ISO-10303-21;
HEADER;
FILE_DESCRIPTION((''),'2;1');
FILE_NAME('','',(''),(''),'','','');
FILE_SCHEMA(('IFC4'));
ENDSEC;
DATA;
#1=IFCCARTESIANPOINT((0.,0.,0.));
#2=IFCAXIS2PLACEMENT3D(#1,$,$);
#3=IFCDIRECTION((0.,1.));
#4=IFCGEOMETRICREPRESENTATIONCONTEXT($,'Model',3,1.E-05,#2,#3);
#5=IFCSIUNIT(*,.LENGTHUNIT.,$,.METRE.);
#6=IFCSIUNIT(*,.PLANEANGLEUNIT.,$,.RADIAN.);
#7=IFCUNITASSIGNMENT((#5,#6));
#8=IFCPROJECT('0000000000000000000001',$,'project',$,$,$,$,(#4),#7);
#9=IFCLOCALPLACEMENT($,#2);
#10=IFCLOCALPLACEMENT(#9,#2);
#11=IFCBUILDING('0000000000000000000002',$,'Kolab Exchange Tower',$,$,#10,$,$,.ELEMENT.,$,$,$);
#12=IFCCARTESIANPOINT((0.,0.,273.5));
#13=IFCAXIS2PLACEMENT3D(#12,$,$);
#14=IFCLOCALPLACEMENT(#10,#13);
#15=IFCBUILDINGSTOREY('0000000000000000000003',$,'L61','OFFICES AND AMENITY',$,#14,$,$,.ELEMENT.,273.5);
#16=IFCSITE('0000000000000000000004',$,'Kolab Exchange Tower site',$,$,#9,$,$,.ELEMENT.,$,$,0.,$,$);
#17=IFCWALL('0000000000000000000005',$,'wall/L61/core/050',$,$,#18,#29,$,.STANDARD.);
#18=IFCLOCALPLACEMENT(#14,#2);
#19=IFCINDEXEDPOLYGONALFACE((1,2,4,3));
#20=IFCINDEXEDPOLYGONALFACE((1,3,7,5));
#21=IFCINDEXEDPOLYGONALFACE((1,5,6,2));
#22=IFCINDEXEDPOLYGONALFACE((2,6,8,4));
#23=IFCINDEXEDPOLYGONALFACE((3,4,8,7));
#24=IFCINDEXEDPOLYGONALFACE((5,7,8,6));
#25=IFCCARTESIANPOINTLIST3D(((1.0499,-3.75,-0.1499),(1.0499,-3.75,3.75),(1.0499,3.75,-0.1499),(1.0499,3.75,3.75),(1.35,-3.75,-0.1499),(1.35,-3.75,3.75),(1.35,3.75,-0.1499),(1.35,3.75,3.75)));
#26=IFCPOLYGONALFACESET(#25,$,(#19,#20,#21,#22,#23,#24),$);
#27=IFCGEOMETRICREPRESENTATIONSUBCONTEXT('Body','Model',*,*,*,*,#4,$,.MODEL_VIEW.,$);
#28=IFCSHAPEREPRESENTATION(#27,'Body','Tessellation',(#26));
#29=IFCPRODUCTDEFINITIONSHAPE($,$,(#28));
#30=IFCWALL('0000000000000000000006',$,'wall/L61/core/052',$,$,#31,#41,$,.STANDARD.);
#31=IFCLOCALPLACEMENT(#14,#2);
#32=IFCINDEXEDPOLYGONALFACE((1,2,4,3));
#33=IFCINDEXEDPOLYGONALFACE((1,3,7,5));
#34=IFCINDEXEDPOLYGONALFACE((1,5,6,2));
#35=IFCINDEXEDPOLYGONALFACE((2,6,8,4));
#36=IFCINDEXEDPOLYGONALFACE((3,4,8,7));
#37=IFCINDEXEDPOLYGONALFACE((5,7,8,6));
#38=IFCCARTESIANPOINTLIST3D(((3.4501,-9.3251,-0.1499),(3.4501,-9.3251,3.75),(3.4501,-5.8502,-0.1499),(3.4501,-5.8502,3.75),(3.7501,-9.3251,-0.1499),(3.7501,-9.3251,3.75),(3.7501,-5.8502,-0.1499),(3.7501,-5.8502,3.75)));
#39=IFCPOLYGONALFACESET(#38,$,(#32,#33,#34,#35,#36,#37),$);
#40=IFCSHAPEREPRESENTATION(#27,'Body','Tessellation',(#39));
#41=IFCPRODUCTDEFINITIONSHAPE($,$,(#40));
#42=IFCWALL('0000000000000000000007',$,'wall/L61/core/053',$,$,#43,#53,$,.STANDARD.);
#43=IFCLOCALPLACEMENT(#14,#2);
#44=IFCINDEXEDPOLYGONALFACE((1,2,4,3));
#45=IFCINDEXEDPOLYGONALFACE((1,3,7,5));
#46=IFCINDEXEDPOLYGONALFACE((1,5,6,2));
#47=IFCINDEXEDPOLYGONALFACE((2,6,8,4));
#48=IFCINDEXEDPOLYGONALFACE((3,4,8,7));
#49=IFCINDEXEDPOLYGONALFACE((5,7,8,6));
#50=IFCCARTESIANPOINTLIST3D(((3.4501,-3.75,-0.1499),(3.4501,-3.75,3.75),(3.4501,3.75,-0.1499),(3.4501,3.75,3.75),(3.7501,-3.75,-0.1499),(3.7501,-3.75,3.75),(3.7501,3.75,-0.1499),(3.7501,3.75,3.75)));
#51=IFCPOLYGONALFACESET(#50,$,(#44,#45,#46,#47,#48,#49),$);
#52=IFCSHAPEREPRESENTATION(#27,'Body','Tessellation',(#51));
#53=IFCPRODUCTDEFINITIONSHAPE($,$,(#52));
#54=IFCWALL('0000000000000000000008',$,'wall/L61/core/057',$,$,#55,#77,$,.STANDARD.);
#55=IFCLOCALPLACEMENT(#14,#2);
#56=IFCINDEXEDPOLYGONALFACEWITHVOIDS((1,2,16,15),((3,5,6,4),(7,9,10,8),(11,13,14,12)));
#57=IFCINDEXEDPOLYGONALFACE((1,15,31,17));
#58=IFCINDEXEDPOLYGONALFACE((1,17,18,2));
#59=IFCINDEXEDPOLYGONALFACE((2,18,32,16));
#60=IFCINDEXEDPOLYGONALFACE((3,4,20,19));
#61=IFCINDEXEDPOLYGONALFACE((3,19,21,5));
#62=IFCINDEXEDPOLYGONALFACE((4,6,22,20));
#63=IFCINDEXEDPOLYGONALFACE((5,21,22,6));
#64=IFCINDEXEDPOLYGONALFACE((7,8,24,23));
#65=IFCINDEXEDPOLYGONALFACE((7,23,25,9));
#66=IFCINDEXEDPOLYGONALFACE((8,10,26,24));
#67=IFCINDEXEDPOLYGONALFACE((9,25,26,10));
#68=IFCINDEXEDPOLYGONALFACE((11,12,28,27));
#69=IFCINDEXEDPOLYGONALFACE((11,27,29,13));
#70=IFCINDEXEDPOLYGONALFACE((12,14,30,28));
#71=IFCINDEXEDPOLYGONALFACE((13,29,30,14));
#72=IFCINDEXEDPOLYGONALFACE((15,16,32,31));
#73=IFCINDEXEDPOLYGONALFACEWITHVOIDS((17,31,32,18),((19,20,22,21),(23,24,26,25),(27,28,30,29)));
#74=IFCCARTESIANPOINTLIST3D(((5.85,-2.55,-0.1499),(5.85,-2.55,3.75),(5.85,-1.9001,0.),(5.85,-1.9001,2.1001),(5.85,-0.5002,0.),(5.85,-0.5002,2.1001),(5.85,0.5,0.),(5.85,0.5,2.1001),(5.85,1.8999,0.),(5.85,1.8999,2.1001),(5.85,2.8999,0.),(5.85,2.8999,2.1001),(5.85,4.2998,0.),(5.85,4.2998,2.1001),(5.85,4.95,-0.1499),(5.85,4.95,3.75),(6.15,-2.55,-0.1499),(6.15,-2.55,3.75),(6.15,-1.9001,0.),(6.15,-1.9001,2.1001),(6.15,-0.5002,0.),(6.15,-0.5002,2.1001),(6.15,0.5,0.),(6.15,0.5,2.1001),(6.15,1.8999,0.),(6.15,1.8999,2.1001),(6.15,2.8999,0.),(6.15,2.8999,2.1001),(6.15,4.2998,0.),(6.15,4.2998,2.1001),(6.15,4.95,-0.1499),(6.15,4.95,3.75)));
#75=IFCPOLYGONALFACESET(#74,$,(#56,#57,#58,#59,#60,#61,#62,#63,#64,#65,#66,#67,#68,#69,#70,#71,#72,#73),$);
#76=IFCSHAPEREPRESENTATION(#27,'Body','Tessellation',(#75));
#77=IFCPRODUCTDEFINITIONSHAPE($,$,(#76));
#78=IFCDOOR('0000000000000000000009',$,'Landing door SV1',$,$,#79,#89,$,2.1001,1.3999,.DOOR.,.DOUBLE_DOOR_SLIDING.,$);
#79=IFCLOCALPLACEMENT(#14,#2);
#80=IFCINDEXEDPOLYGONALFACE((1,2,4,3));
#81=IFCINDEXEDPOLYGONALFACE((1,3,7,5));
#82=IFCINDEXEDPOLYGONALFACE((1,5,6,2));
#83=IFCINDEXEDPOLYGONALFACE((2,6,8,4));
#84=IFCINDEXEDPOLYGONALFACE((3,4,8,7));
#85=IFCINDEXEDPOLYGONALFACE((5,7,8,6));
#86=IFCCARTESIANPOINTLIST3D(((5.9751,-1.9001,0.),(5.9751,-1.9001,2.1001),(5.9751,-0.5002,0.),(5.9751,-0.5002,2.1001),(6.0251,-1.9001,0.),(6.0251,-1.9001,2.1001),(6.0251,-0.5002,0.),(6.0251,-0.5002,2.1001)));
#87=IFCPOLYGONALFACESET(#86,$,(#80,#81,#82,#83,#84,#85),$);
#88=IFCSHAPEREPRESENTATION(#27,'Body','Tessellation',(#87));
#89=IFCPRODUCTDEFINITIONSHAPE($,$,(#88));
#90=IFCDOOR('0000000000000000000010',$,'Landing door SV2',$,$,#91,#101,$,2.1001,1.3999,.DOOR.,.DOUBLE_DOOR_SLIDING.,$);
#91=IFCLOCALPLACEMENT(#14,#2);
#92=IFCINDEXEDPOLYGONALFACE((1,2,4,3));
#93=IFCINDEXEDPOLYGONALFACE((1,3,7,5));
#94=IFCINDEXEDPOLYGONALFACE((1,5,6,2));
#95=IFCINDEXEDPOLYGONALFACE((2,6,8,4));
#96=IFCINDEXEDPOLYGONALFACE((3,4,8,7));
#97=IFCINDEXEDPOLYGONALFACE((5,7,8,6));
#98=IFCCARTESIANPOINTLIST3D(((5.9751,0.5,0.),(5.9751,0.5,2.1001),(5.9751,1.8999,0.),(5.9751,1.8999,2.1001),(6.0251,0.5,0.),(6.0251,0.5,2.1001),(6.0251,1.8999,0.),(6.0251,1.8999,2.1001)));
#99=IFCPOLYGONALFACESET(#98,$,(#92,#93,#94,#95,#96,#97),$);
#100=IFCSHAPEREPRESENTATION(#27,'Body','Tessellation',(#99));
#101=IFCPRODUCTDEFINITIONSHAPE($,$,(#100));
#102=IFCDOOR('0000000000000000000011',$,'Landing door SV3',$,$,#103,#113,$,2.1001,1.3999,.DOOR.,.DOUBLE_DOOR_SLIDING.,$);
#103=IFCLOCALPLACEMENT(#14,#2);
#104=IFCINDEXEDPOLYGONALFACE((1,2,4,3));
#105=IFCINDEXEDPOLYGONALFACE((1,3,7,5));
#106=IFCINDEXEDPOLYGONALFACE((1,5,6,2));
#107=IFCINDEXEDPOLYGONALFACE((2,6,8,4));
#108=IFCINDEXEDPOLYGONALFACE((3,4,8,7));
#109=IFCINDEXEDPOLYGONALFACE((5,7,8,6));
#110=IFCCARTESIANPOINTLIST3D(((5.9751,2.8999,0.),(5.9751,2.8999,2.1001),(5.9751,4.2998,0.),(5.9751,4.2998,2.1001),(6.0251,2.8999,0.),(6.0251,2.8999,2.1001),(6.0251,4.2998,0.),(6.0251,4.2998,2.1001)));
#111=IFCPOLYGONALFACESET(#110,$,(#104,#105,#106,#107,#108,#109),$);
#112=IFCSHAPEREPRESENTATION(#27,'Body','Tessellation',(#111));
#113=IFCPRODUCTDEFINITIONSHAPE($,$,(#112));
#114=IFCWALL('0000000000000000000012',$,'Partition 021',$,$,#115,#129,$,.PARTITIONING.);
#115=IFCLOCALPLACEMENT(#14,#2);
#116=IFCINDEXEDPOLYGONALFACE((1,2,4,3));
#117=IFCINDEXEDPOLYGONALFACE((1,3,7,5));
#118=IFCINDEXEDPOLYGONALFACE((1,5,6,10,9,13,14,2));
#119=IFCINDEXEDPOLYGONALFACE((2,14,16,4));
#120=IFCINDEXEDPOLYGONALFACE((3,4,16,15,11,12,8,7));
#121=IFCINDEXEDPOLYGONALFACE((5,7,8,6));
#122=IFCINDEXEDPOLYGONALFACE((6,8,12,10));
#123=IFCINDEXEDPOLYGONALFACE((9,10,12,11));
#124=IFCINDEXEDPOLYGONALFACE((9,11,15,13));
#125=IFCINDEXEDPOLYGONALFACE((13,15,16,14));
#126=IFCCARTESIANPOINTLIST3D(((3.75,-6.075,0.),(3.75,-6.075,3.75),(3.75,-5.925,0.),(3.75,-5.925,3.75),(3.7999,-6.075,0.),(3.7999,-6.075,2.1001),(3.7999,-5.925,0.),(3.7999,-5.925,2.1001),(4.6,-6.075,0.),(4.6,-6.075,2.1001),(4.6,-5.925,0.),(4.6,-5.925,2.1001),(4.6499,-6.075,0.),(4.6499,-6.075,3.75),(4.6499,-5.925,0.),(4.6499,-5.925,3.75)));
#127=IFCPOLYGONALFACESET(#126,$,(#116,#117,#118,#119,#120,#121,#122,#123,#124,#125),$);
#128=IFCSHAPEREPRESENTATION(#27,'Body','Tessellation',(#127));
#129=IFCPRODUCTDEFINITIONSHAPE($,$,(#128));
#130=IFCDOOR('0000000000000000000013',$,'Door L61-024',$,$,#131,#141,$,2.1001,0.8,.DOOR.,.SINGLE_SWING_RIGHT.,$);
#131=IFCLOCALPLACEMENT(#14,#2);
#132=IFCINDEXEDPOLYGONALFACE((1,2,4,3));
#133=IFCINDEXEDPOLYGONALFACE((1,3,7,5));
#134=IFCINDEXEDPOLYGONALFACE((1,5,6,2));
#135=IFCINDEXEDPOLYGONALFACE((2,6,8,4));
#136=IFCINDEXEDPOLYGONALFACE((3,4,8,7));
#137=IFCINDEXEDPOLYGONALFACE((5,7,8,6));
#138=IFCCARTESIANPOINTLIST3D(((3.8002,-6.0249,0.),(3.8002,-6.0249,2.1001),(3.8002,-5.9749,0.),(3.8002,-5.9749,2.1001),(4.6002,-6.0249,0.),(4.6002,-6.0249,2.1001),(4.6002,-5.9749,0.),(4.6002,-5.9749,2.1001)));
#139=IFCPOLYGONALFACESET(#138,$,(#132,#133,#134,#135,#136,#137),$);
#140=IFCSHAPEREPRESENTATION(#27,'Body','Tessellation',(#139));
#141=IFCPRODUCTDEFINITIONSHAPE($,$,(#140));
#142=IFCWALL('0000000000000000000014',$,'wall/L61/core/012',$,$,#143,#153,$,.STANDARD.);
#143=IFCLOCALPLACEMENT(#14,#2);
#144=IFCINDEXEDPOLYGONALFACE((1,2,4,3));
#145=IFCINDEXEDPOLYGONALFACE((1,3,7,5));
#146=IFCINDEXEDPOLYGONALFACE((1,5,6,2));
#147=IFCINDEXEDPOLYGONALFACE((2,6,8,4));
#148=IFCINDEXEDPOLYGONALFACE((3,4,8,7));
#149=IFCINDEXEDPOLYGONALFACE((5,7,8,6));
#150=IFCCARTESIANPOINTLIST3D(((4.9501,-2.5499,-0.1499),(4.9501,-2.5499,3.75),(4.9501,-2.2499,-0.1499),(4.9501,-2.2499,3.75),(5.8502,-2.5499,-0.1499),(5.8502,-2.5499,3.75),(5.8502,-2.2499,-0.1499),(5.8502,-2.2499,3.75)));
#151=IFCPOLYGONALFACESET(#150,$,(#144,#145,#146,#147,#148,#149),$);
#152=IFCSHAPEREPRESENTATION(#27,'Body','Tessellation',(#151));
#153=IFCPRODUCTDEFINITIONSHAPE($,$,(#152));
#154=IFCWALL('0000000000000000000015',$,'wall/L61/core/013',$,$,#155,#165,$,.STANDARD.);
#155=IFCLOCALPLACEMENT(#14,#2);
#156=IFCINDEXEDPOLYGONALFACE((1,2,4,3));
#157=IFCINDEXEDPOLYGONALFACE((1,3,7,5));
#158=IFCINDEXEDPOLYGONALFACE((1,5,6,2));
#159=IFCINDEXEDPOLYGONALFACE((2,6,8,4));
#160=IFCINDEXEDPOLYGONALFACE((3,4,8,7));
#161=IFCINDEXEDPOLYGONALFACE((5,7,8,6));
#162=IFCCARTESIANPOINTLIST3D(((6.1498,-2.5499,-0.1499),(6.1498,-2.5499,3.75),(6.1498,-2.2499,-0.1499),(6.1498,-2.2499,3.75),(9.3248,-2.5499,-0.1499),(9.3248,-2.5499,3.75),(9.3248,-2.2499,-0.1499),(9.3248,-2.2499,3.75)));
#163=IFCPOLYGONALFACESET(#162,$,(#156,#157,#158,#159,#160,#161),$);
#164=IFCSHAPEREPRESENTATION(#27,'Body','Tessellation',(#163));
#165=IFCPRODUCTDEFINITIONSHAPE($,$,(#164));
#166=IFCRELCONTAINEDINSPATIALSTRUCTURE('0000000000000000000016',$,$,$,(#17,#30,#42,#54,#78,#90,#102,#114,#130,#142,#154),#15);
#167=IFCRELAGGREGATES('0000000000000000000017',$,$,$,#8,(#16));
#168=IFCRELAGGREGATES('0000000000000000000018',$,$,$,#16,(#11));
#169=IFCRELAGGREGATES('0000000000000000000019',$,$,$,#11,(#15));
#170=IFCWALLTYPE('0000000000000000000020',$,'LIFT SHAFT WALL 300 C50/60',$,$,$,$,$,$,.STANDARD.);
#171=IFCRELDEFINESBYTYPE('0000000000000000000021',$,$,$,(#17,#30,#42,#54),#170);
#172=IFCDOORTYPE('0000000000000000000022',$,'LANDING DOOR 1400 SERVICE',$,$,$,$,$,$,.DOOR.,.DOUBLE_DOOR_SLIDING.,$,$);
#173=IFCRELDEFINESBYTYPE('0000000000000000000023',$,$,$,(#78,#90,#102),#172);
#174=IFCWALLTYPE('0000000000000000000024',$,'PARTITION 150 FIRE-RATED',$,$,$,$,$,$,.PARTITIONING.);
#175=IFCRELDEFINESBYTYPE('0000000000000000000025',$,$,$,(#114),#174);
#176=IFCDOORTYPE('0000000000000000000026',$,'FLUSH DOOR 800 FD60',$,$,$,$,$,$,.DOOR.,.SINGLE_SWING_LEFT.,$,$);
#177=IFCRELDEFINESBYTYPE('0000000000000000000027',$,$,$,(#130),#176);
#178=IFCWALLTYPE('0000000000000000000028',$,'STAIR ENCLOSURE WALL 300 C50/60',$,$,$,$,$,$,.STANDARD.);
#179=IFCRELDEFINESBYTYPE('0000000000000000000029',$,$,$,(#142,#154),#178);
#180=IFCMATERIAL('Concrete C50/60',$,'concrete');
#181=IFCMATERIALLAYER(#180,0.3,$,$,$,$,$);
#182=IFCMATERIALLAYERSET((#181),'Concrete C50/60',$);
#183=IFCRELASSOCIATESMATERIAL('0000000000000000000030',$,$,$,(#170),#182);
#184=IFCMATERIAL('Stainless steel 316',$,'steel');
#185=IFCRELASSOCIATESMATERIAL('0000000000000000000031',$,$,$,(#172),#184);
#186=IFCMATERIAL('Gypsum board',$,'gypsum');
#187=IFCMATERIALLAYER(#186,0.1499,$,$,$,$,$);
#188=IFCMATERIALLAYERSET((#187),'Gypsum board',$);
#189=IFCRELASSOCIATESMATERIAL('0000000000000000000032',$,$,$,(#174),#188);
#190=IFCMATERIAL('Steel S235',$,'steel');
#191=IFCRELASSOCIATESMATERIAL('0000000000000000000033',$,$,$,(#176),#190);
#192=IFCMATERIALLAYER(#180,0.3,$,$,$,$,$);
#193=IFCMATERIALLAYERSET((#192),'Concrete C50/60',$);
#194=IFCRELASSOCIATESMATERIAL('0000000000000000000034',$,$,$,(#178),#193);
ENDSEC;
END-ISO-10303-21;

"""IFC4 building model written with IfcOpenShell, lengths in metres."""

from ifc_helpers import new_model, si_unit, direction, frame, frame_2d, origin, place, context, subcontext, project, spatial, rectangle, extrude, material, layer, layer_set, type_object, element, fill, save


model = new_model("IFC4")

# Units and contexts
model_context = context("Model", 3, precision=1e-05, world=origin(), true_north=direction((0.0, 1.0)))
body_context = subcontext(model_context, "Body", "Model", "MODEL_VIEW")
ifc_project = project(units=[si_unit("LENGTHUNIT", "METRE"), si_unit("PLANEANGLEUNIT", "RADIAN")], contexts=[model_context])

# Site, building, storey
site_placement = place(None, origin())
site = spatial("IfcSite", under=ifc_project, at=site_placement, Name="Kolab Exchange Tower site", CompositionType="ELEMENT", RefElevation=0.0)
building_placement = place(site_placement, origin())
building = spatial("IfcBuilding", under=site, at=building_placement, Name="Kolab Exchange Tower", CompositionType="ELEMENT")
storey_placement = place(building_placement, frame((0.0, 0.0, 273.5)))
storey = spatial("IfcBuildingStorey", under=building, at=storey_placement, Name="L61", Description="OFFICES AND AMENITY", CompositionType="ELEMENT", Elevation=273.5)

# Shared definitions
ifc_material_1 = material(Name="Concrete C50/60", Category="concrete")
ifc_layer_1 = layer(ifc_material_1, 0.3)
ifc_layer_set_1 = layer_set([ifc_layer_1], Name="Concrete C50/60")
wall_type_1 = type_object("IfcWallType", Name="LIFT SHAFT WALL 300 C50/60", PredefinedType="STANDARD", material=ifc_layer_set_1)
ifc_material_2 = material(Name="Stainless steel 316", Category="steel")

# Walls
wall_1_placement = place(storey_placement, frame((1.2, -3.75, -0.1499), z_axis=(0.0, 0.0, 1.0), x_axis=(0.0, 1.0, 0.0)))
element("IfcWall", 1, at=wall_1_placement, inside=storey, type_object=wall_type_1, Name="wall/L61/core/050", PredefinedType="STANDARD", context=body_context, shape_type="SweptSolid", body=[
    extrude(rectangle(XDim=7.5, YDim=0.3, at=frame_2d((3.75, 0.0))), origin(), (0.0, 0.0, 1.0), 3.8999),
])
wall_2_placement = place(storey_placement, frame((3.6001, -9.325, -0.1499), z_axis=(0.0, 0.0, 1.0), x_axis=(0.0, 1.0, 0.0)))
element("IfcWall", 2, at=wall_2_placement, inside=storey, type_object=wall_type_1, Name="wall/L61/core/052", PredefinedType="STANDARD", context=body_context, shape_type="SweptSolid", body=[
    extrude(rectangle(XDim=3.4749, YDim=0.3, at=frame_2d((1.7373, 0.0))), origin(), (0.0, 0.0, 1.0), 3.8999),
])
wall_3_placement = place(storey_placement, frame((3.6001, -3.75, -0.1499), z_axis=(0.0, 0.0, 1.0), x_axis=(0.0, 1.0, 0.0)))
element("IfcWall", 3, at=wall_3_placement, inside=storey, type_object=wall_type_1, Name="wall/L61/core/053", PredefinedType="STANDARD", context=body_context, shape_type="SweptSolid", body=[
    extrude(rectangle(XDim=7.5, YDim=0.3, at=frame_2d((3.75, 0.0))), origin(), (0.0, 0.0, 1.0), 3.8999),
])

# Wall, openings, doors
wall_4_placement = place(storey_placement, frame((6.0, -2.55, -0.1499), z_axis=(0.0, 0.0, 1.0), x_axis=(0.0, 1.0, 0.0)))
wall_4 = element("IfcWall", 4, at=wall_4_placement, inside=storey, type_object=wall_type_1, Name="wall/L61/core/057", PredefinedType="STANDARD", context=body_context, shape_type="SweptSolid", body=[
    extrude(rectangle(XDim=7.5, YDim=0.3, at=frame_2d((3.75, 0.0))), origin(), (0.0, 0.0, 1.0), 3.8999),
])
opening_1_placement = place(wall_4_placement, frame((0.6499, 0.0, 0.1499)))
opening_1 = element("IfcOpeningElement", 5, at=opening_1_placement, cuts=wall_4, PredefinedType="OPENING", context=body_context, shape_type="SweptSolid", body=[
    extrude(rectangle(XDim=1.3999, YDim=2.1001, at=frame_2d((0.7, 1.05))), frame((0.0, 0.1602, 0.0), z_axis=(0.0, -1.0, 0.0), x_axis=(1.0, 0.0, 0.0)), (0.0, 0.0, 1.0), 0.3201),
])
opening_2_placement = place(wall_4_placement, frame((3.05, 0.0, 0.1499)))
opening_2 = element("IfcOpeningElement", 6, at=opening_2_placement, cuts=wall_4, PredefinedType="OPENING", context=body_context, shape_type="SweptSolid", body=[
    extrude(rectangle(XDim=1.3999, YDim=2.1001, at=frame_2d((0.7, 1.05))), frame((0.0, 0.1602, 0.0), z_axis=(0.0, -1.0, 0.0), x_axis=(1.0, 0.0, 0.0)), (0.0, 0.0, 1.0), 0.3201),
])
opening_3_placement = place(wall_4_placement, frame((5.45, 0.0, 0.1499)))
opening_3 = element("IfcOpeningElement", 7, at=opening_3_placement, cuts=wall_4, PredefinedType="OPENING", context=body_context, shape_type="SweptSolid", body=[
    extrude(rectangle(XDim=1.3999, YDim=2.1001, at=frame_2d((0.7, 1.05))), frame((0.0, 0.1602, 0.0), z_axis=(0.0, -1.0, 0.0), x_axis=(1.0, 0.0, 0.0)), (0.0, 0.0, 1.0), 0.3201),
])
door_type_1 = type_object("IfcDoorType", Name="LANDING DOOR 1400 SERVICE", OperationType="DOUBLE_DOOR_SLIDING", PredefinedType="DOOR", material=ifc_material_2)
door_1_placement = place(opening_1_placement, origin())
door_1 = element("IfcDoor", 8, at=door_1_placement, inside=storey, type_object=door_type_1, Name="Landing door SV1", OperationType="DOUBLE_DOOR_SLIDING", OverallHeight=2.1001, OverallWidth=1.3999, PredefinedType="DOOR", context=body_context, shape_type="SweptSolid", body=[
    extrude(rectangle(XDim=1.3999, YDim=2.1001, at=frame_2d((0.7, 1.05))), frame((0.0, 0.0249, 0.0), z_axis=(0.0, -1.0, 0.0), x_axis=(1.0, 0.0, 0.0)), (0.0, 0.0, 1.0), 0.05),
])
fill(opening_1, door_1)
door_2_placement = place(opening_2_placement, origin())
door_2 = element("IfcDoor", 9, at=door_2_placement, inside=storey, type_object=door_type_1, Name="Landing door SV2", OperationType="DOUBLE_DOOR_SLIDING", OverallHeight=2.1001, OverallWidth=1.3999, PredefinedType="DOOR", context=body_context, shape_type="SweptSolid", body=[
    extrude(rectangle(XDim=1.3999, YDim=2.1001, at=frame_2d((0.7, 1.05))), frame((0.0, 0.0249, 0.0), z_axis=(0.0, -1.0, 0.0), x_axis=(1.0, 0.0, 0.0)), (0.0, 0.0, 1.0), 0.05),
])
fill(opening_2, door_2)
door_3_placement = place(opening_3_placement, origin())
door_3 = element("IfcDoor", 10, at=door_3_placement, inside=storey, type_object=door_type_1, Name="Landing door SV3", OperationType="DOUBLE_DOOR_SLIDING", OverallHeight=2.1001, OverallWidth=1.3999, PredefinedType="DOOR", context=body_context, shape_type="SweptSolid", body=[
    extrude(rectangle(XDim=1.3999, YDim=2.1001, at=frame_2d((0.7, 1.05))), frame((0.0, 0.0249, 0.0), z_axis=(0.0, -1.0, 0.0), x_axis=(1.0, 0.0, 0.0)), (0.0, 0.0, 1.0), 0.05),
])
fill(opening_3, door_3)

# Wall, opening, door
ifc_material_3 = material(Name="Gypsum board", Category="gypsum")
ifc_layer_2 = layer(ifc_material_3, 0.1499)
ifc_layer_set_2 = layer_set([ifc_layer_2], Name="Gypsum board")
wall_type_2 = type_object("IfcWallType", Name="PARTITION 150 FIRE-RATED", PredefinedType="PARTITIONING", material=ifc_layer_set_2)
wall_5_placement = place(storey_placement, frame((3.75, -6.0, 0.0), z_axis=(0.0, 0.0, 1.0), x_axis=(1.0, 0.0, 0.0)))
wall_5 = element("IfcWall", 11, at=wall_5_placement, inside=storey, type_object=wall_type_2, Name="Partition 021", PredefinedType="PARTITIONING", context=body_context, shape_type="SweptSolid", body=[
    extrude(rectangle(XDim=0.8999, YDim=0.1499, at=frame_2d((0.45, 0.0))), origin(), (0.0, 0.0, 1.0), 3.75),
])
opening_4_placement = place(wall_5_placement, frame((0.05, 0.0, 0.0)))
opening_4 = element("IfcOpeningElement", 12, at=opening_4_placement, cuts=wall_5, PredefinedType="OPENING", context=body_context, shape_type="SweptSolid", body=[
    extrude(rectangle(XDim=0.8, YDim=2.1001, at=frame_2d((0.3999, 1.05))), frame((0.0, 0.085, 0.0), z_axis=(0.0, -1.0, 0.0), x_axis=(1.0, 0.0, 0.0)), (0.0, 0.0, 1.0), 0.1699),
])
ifc_material_4 = material(Name="Steel S235", Category="steel")
door_type_2 = type_object("IfcDoorType", Name="FLUSH DOOR 800 FD60", OperationType="SINGLE_SWING_LEFT", PredefinedType="DOOR", material=ifc_material_4)
door_4_placement = place(opening_4_placement, frame((0.8, 0.0, 0.0), z_axis=(0.0, 0.0, 1.0), x_axis=(-1.0, 0.0, 0.0)))
door_4 = element("IfcDoor", 13, at=door_4_placement, inside=storey, type_object=door_type_2, Name="Door L61-024", OperationType="SINGLE_SWING_RIGHT", OverallHeight=2.1001, OverallWidth=0.8, PredefinedType="DOOR", context=body_context, shape_type="SweptSolid", body=[
    extrude(rectangle(XDim=0.8, YDim=2.1001, at=frame_2d((0.3999, 1.05))), frame((0.0, 0.0249, 0.0), z_axis=(0.0, -1.0, 0.0), x_axis=(1.0, 0.0, 0.0)), (0.0, 0.0, 1.0), 0.05),
])
fill(opening_4, door_4)

# Walls
ifc_layer_3 = layer(ifc_material_1, 0.3)
ifc_layer_set_3 = layer_set([ifc_layer_3], Name="Concrete C50/60")
wall_type_3 = type_object("IfcWallType", Name="STAIR ENCLOSURE WALL 300 C50/60", PredefinedType="STANDARD", material=ifc_layer_set_3)
wall_6_placement = place(storey_placement, frame((4.95, -2.3999, -0.1499), z_axis=(0.0, 0.0, 1.0), x_axis=(1.0, 0.0, 0.0)))
element("IfcWall", 14, at=wall_6_placement, inside=storey, type_object=wall_type_3, Name="wall/L61/core/012", PredefinedType="STANDARD", context=body_context, shape_type="SweptSolid", body=[
    extrude(rectangle(XDim=0.9001, YDim=0.3, at=frame_2d((0.4502, 0.0))), origin(), (0.0, 0.0, 1.0), 3.8999),
])
wall_7_placement = place(storey_placement, frame((6.1499, -2.3999, -0.1499), z_axis=(0.0, 0.0, 1.0), x_axis=(1.0, 0.0, 0.0)))
element("IfcWall", 15, at=wall_7_placement, inside=storey, type_object=wall_type_3, Name="wall/L61/core/013", PredefinedType="STANDARD", context=body_context, shape_type="SweptSolid", body=[
    extrude(rectangle(XDim=3.175, YDim=0.3, at=frame_2d((1.5874, 0.0))), origin(), (0.0, 0.0, 1.0), 3.8999),
])

save(model, "model.ifc")
